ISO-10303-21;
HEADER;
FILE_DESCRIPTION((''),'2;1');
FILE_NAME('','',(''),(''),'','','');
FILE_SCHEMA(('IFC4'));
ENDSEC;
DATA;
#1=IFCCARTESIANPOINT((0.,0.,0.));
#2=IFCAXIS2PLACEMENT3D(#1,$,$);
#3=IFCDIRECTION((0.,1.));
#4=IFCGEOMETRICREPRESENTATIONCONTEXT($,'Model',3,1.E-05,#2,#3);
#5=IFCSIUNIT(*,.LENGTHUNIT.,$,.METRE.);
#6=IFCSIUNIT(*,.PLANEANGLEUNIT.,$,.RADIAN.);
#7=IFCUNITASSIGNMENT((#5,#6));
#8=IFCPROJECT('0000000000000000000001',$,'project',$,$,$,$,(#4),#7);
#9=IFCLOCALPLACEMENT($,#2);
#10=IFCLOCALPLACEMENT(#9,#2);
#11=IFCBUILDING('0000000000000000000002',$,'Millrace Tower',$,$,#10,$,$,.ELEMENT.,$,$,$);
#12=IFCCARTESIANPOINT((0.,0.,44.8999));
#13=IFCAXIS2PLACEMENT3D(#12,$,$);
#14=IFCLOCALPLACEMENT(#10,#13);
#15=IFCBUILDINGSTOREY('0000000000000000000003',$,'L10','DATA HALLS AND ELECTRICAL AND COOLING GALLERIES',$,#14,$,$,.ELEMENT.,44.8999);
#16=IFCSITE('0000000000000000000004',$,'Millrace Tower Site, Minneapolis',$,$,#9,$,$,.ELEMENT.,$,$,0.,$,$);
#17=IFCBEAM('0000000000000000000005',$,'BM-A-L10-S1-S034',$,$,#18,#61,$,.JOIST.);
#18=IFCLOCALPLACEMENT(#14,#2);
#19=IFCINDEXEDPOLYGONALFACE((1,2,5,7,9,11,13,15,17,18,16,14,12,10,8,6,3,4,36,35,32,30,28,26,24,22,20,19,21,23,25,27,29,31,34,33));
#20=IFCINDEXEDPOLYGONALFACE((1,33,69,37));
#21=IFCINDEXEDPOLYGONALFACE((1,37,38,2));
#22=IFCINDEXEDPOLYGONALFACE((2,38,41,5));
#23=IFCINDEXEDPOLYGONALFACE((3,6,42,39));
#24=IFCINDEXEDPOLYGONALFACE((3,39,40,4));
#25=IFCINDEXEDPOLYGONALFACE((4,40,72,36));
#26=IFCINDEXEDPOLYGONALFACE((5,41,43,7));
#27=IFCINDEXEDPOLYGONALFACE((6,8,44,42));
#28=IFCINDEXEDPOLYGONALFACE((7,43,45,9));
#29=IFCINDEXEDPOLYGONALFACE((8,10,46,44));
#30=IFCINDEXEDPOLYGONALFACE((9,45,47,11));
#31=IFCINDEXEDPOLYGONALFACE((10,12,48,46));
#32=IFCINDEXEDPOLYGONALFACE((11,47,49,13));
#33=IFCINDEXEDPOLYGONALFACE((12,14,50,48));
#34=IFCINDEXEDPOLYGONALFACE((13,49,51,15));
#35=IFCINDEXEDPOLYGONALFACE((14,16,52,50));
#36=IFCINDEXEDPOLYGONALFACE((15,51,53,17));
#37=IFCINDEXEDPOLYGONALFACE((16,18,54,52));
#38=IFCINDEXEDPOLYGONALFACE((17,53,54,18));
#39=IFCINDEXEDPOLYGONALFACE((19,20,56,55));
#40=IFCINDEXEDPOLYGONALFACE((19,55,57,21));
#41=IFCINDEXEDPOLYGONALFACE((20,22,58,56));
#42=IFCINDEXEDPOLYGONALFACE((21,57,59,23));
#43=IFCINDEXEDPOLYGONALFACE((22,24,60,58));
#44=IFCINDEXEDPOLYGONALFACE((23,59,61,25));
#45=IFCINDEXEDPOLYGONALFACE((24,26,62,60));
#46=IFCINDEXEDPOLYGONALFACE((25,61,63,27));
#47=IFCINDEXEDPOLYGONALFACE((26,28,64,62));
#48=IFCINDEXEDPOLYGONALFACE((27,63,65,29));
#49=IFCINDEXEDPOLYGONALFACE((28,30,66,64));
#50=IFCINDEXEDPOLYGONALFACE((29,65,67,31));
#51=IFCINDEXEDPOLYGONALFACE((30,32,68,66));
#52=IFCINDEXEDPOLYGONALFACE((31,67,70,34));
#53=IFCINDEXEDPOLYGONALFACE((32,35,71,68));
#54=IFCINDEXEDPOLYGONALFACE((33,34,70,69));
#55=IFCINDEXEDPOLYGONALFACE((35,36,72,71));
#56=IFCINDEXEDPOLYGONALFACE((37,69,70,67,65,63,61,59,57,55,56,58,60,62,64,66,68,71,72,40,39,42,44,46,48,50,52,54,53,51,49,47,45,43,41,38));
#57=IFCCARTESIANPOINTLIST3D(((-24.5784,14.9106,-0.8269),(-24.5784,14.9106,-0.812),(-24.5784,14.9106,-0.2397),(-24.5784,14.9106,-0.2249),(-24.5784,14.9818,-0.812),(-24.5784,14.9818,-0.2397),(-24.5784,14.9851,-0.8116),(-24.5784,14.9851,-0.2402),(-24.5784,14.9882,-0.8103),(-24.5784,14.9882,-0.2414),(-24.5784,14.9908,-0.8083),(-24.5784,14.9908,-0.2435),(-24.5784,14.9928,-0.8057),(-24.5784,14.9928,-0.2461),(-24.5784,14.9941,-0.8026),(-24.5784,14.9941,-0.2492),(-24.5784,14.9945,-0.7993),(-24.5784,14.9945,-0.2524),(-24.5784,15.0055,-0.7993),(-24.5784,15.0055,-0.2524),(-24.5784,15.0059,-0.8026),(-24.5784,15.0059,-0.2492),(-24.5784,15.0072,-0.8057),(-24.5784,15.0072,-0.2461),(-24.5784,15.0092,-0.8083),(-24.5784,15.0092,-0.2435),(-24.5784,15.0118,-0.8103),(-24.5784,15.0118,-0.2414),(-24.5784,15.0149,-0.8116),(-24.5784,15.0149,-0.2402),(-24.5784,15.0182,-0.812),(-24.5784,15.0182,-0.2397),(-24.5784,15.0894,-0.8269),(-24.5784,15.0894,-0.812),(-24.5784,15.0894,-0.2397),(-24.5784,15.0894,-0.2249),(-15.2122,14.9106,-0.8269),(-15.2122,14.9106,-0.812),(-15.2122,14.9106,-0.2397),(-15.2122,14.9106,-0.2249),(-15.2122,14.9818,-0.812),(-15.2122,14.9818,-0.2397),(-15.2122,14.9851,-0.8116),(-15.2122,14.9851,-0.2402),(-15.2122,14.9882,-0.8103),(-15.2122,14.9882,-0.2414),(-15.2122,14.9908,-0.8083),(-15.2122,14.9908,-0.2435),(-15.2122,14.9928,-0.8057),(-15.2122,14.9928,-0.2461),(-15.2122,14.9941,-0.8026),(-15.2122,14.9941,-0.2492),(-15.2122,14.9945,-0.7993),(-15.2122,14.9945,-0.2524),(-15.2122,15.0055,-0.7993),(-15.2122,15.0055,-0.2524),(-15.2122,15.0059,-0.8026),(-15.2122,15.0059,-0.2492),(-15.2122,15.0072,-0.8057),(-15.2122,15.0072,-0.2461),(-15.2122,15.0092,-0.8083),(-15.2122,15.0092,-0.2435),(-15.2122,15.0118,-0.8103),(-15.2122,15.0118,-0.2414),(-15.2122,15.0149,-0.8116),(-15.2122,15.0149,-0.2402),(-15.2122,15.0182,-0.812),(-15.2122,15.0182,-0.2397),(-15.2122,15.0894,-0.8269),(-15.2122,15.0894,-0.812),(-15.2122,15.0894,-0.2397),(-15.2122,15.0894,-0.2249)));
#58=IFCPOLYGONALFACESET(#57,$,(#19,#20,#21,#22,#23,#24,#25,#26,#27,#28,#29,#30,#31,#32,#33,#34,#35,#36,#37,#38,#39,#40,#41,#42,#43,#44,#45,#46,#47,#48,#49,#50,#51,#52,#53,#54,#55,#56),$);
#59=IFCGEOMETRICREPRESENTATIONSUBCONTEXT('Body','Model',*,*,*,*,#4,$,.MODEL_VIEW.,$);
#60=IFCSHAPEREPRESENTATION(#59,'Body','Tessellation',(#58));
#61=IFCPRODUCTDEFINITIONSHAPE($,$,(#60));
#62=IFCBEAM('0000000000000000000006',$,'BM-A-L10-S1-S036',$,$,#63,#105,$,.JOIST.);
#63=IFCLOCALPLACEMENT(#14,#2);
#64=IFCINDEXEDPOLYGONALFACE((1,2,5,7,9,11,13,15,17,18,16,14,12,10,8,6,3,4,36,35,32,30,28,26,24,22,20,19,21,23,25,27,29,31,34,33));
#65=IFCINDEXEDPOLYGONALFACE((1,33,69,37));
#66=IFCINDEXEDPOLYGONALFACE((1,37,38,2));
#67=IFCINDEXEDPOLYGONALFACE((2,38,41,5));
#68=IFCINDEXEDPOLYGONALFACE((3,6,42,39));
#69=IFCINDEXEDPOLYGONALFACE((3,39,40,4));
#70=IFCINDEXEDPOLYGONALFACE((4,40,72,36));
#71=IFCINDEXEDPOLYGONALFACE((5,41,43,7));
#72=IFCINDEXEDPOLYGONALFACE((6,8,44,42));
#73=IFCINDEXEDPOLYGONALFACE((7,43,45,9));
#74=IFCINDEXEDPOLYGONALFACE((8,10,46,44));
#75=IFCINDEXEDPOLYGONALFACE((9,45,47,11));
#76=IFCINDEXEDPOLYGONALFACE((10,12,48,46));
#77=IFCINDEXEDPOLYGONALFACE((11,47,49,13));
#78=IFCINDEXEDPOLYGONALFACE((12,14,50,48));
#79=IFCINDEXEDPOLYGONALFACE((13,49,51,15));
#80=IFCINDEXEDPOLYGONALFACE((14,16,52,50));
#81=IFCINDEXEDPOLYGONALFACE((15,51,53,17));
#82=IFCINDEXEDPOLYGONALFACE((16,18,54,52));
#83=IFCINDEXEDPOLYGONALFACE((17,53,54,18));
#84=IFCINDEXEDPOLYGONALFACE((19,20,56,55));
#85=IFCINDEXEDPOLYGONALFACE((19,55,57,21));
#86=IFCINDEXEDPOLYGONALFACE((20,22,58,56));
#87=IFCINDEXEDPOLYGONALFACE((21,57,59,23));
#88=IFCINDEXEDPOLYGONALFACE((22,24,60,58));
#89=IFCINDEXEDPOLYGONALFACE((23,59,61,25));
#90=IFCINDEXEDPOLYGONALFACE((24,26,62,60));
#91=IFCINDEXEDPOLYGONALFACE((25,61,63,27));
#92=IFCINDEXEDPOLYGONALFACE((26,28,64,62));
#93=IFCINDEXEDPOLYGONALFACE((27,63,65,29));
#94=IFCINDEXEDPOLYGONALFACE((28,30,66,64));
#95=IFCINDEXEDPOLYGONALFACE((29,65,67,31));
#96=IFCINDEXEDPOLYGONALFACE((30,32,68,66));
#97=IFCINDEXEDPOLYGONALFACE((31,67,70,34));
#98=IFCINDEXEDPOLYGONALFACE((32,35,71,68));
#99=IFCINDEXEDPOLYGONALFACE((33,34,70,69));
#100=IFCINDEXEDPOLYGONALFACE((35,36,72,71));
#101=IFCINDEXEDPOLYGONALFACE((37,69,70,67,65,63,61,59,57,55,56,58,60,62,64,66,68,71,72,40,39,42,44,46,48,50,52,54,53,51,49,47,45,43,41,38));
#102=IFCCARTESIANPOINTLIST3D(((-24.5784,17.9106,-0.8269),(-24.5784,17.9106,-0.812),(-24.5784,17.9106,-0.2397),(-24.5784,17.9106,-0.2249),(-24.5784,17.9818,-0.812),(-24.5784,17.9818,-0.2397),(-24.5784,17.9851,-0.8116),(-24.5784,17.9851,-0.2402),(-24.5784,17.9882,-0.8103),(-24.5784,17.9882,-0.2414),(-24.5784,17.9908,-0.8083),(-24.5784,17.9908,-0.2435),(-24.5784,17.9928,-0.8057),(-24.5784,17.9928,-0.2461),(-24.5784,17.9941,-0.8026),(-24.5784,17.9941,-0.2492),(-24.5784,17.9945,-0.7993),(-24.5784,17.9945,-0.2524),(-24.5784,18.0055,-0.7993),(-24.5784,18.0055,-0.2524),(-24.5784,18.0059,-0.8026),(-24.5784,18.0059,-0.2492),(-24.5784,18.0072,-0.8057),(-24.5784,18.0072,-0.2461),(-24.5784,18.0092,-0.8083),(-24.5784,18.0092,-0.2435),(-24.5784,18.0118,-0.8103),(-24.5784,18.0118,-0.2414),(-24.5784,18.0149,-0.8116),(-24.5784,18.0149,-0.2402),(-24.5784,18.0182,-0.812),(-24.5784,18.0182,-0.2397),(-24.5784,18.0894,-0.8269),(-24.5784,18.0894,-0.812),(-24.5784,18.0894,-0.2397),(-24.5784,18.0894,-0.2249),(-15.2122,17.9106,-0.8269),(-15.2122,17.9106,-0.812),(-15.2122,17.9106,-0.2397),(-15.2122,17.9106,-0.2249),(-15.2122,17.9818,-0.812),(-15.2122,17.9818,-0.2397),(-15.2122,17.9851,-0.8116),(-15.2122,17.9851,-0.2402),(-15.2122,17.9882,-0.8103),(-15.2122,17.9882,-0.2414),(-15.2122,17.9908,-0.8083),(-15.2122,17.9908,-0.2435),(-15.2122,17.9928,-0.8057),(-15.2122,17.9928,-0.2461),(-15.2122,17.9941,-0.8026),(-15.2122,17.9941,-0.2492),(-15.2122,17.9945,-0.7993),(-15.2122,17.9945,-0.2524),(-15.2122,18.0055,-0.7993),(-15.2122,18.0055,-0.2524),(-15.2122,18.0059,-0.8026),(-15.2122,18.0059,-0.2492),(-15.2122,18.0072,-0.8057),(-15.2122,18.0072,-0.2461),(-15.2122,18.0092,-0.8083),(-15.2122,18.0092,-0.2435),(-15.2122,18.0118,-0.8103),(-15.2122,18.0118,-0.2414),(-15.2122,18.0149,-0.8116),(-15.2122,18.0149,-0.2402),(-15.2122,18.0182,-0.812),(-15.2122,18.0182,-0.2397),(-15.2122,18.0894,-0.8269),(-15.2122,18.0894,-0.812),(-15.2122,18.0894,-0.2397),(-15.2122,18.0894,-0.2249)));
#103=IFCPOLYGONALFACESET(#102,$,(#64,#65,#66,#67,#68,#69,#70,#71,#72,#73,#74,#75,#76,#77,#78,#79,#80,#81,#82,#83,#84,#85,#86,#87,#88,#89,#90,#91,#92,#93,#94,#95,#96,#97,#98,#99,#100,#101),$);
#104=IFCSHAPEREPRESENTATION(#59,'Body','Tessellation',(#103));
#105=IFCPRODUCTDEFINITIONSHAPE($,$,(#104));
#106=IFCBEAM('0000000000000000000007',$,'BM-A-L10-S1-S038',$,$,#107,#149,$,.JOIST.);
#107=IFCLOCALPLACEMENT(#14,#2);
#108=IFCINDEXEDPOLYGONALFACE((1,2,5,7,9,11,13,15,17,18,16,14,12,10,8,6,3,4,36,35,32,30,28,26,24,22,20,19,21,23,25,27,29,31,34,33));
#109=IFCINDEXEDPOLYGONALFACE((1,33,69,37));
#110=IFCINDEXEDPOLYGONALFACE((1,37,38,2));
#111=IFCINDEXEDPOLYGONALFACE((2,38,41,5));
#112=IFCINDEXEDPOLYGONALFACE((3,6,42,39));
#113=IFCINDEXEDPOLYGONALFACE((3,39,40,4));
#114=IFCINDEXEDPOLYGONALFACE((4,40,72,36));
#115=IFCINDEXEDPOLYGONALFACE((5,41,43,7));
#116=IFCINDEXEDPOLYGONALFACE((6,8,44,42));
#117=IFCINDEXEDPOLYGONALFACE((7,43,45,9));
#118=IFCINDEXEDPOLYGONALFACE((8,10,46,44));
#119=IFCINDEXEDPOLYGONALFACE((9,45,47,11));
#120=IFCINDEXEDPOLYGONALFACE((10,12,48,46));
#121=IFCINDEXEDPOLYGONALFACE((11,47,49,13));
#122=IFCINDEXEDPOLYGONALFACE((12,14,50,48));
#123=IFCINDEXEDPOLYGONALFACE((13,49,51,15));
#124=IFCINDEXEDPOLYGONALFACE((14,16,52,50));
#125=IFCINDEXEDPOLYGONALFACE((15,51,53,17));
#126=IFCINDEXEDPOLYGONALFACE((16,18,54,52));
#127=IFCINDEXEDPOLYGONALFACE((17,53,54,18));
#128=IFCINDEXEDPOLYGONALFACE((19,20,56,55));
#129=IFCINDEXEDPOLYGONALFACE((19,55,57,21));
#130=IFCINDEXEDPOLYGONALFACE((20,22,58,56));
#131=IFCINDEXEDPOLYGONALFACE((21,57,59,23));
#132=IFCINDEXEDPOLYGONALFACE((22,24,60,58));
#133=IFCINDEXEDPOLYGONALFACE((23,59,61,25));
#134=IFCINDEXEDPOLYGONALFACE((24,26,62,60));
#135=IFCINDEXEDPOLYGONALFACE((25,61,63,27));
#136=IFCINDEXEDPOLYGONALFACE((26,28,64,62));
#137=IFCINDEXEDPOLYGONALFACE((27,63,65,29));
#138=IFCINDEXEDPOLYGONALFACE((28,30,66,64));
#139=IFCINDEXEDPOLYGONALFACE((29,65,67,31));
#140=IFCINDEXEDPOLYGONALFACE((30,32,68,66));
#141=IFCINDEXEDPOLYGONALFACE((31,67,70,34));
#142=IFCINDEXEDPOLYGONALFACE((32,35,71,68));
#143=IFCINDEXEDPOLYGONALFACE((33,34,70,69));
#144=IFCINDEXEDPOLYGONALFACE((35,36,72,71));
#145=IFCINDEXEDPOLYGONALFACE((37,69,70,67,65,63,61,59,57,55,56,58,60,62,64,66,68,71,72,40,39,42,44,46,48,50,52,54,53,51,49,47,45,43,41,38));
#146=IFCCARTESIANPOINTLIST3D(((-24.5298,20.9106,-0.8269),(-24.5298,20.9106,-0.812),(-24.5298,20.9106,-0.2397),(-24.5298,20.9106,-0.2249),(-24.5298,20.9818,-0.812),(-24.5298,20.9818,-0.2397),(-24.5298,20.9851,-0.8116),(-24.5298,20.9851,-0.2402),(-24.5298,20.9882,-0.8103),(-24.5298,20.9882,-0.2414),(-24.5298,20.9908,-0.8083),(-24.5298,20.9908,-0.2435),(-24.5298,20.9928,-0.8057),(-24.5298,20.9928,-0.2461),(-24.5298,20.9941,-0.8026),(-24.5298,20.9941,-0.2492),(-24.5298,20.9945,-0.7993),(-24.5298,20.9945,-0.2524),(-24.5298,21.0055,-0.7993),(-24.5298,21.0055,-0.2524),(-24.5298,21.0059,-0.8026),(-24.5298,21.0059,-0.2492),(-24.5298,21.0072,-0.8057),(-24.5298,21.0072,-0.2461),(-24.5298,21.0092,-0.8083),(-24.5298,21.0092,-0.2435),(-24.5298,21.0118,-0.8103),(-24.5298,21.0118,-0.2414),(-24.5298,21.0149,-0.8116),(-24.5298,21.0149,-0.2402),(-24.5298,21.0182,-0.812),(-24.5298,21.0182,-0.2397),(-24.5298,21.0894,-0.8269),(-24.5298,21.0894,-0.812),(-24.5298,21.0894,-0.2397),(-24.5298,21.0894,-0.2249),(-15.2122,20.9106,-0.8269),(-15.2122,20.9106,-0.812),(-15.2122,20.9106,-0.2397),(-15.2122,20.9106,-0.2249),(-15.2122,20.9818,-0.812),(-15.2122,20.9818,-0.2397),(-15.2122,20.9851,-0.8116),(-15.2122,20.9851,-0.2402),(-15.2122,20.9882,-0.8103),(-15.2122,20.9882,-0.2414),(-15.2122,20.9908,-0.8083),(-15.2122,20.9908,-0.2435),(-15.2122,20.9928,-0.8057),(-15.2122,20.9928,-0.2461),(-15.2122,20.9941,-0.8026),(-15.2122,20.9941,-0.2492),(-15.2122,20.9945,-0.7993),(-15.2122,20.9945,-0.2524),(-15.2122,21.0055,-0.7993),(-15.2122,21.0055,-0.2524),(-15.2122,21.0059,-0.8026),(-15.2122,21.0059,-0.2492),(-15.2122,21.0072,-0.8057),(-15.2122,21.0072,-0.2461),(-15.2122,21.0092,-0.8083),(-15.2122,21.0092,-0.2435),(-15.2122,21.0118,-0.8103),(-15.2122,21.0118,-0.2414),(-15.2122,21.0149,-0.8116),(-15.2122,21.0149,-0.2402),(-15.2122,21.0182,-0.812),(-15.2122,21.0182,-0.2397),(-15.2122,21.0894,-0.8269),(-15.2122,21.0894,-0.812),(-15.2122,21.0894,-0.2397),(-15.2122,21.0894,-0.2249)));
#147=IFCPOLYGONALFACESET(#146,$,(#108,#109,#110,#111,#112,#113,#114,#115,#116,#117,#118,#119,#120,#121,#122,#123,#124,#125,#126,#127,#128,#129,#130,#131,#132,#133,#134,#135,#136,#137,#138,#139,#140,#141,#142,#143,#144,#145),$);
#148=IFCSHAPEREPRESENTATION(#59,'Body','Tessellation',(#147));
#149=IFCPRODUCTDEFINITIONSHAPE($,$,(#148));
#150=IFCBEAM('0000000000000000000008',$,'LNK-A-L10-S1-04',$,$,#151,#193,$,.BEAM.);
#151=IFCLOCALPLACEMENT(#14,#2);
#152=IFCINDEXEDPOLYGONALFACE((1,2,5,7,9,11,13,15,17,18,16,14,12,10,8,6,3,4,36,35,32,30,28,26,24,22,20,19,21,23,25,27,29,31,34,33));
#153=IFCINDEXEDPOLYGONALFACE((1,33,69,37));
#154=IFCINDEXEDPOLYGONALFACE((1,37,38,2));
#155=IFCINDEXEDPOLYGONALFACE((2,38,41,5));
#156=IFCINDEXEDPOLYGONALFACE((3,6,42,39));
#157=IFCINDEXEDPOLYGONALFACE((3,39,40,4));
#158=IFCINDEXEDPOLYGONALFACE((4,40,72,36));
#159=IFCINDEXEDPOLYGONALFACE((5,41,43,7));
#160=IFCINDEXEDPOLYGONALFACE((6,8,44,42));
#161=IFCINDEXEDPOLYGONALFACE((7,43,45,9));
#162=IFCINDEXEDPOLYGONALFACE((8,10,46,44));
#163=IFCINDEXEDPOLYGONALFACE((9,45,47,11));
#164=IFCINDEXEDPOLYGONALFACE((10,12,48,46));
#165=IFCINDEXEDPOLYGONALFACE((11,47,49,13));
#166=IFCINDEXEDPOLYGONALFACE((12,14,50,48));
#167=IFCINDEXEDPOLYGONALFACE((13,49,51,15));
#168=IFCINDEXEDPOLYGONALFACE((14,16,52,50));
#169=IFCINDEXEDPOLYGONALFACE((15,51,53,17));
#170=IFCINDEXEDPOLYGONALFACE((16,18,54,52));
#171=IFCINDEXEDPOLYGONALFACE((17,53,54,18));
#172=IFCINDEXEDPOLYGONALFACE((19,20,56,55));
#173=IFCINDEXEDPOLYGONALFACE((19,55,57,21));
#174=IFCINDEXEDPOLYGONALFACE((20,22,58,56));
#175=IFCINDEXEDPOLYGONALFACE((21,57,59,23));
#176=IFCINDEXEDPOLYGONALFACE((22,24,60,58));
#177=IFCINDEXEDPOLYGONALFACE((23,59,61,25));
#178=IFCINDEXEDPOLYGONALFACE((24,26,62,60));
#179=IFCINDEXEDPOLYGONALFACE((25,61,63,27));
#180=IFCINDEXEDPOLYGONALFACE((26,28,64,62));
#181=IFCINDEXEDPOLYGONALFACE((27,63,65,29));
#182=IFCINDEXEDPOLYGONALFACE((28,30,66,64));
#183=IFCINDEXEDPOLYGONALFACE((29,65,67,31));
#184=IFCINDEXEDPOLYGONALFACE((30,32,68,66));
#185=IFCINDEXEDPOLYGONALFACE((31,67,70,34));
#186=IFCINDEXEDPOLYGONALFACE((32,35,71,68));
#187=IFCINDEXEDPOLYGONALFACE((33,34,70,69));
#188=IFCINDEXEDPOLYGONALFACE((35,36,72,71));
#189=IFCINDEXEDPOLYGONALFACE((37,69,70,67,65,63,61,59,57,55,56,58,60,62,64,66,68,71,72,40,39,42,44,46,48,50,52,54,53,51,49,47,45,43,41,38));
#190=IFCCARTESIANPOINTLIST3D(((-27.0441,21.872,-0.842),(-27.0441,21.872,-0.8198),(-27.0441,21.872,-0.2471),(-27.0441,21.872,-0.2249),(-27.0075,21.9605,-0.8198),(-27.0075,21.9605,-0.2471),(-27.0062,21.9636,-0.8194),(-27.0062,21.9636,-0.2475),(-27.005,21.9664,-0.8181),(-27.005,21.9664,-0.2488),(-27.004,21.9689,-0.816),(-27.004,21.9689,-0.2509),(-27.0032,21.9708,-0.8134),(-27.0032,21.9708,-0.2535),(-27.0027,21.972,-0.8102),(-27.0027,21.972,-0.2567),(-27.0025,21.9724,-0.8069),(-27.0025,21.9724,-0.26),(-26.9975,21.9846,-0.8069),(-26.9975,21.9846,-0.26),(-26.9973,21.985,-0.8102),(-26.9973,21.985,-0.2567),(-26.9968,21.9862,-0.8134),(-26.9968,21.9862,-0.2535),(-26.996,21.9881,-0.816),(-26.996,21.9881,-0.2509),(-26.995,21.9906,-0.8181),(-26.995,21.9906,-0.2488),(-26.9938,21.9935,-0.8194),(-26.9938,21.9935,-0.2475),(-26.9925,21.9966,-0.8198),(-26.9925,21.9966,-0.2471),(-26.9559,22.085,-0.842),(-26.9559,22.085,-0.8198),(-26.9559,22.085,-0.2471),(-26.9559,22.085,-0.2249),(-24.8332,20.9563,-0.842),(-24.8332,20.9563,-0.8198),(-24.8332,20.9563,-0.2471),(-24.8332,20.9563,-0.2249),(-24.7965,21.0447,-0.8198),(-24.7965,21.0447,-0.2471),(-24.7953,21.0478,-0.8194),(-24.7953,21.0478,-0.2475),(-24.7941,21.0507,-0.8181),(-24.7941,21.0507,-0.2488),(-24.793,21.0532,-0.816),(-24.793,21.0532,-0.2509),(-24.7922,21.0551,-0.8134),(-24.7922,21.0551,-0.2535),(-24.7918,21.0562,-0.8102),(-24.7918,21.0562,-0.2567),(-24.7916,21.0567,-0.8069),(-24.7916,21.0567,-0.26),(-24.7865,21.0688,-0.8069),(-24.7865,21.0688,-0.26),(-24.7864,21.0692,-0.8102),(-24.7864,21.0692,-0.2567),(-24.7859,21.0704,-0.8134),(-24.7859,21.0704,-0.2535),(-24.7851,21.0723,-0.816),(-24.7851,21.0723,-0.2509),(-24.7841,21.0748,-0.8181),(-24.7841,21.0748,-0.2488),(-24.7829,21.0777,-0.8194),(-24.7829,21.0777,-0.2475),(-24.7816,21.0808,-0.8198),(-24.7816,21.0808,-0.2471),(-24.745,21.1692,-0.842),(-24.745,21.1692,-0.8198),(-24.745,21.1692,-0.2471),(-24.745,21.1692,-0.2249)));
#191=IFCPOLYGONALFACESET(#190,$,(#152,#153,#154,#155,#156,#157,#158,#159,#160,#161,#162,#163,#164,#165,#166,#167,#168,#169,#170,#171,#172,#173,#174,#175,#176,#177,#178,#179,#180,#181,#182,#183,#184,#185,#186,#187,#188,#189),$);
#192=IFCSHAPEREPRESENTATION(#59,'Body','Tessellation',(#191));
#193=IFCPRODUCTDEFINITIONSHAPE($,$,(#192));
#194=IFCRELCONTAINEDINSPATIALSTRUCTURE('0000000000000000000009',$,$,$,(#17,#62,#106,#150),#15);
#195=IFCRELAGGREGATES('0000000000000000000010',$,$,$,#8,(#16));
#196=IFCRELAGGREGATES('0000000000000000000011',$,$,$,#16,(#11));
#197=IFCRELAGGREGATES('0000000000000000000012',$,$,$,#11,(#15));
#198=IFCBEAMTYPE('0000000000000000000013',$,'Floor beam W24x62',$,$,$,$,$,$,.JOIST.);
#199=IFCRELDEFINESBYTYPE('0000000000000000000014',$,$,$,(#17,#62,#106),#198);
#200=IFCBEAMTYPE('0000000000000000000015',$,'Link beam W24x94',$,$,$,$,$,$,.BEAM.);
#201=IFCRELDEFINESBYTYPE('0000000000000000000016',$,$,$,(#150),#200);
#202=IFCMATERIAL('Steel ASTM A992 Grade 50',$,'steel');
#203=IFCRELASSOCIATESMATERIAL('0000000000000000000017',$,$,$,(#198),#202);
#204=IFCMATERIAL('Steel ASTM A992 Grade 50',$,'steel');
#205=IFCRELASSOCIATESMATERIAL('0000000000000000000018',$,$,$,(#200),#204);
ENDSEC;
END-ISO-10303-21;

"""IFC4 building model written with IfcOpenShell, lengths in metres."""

from ifc_helpers import new_model, si_unit, direction, frame, origin, origin_2d, place, context, subcontext, project, spatial, i_section, extrude, material, material_profile, profile_set, type_object, element, save


model = new_model("IFC4")

# Units and contexts
model_context = context("Model", 3, precision=1e-05, world=origin(), true_north=direction((0.0, 1.0)))
body_context = subcontext(model_context, "Body", "Model", "MODEL_VIEW")
ifc_project = project(units=[si_unit("LENGTHUNIT", "METRE"), si_unit("PLANEANGLEUNIT", "RADIAN")], contexts=[model_context])

# Site, building, storey
site_placement = place(None, origin())
site = spatial("IfcSite", under=ifc_project, at=site_placement, Name="Millrace Tower Site, Minneapolis", CompositionType="ELEMENT", RefElevation=0.0)
building_placement = place(site_placement, origin())
building = spatial("IfcBuilding", under=site, at=building_placement, Name="Millrace Tower", CompositionType="ELEMENT")
storey_placement = place(building_placement, frame((0.0, 0.0, 44.8999)))
storey = spatial("IfcBuildingStorey", under=building, at=storey_placement, Name="L10", Description="DATA HALLS AND ELECTRICAL AND COOLING GALLERIES", CompositionType="ELEMENT", Elevation=44.8999)

# Beams
ifc_material_1 = material(Name="Steel ASTM A992 Grade 50", Category="steel")
ifc_material_profile_1 = material_profile(ifc_material_1, i_section(OverallWidth=0.1787, OverallDepth=0.6021, WebThickness=0.011, FlangeThickness=0.0149, FilletRadius=0.0127, at=origin_2d()))
ifc_profile_set_1 = profile_set([ifc_material_profile_1], Name="Steel ASTM A992 Grade 50")
beam_type_1 = type_object("IfcBeamType", Name="Floor beam W24x62", PredefinedType="JOIST", material=ifc_profile_set_1)
for number, where, z_axis, x_axis, name in (
    (1, (-24.5784, 15.0, -0.5259), (1.0, 0.0, 0.0), (0.0, 1.0, 0.0), "BM-A-L10-S1-S034"),
    (2, (-24.5784, 18.0, -0.5259), (1.0, 0.0, 0.0), (0.0, 1.0, 0.0), "BM-A-L10-S1-S036"),
):
    element("IfcBeam", number, at=place(storey_placement, frame(where, z_axis=z_axis, x_axis=x_axis)), inside=storey, type_object=beam_type_1, Name=name, PredefinedType="JOIST", context=body_context, shape_type="SweptSolid", body=[
        extrude(i_section(OverallWidth=0.1787, OverallDepth=0.6021, WebThickness=0.011, FlangeThickness=0.0149, FilletRadius=0.0127, at=origin_2d()), origin(), (0.0, 0.0, 1.0), 9.3662),
    ])
beam_1_placement = place(storey_placement, frame((-24.5298, 21.0, -0.5259), z_axis=(1.0, 0.0, 0.0), x_axis=(0.0, 1.0, 0.0)))
element("IfcBeam", 3, at=beam_1_placement, inside=storey, type_object=beam_type_1, Name="BM-A-L10-S1-S038", PredefinedType="JOIST", context=body_context, shape_type="SweptSolid", body=[
    extrude(i_section(OverallWidth=0.1787, OverallDepth=0.6021, WebThickness=0.011, FlangeThickness=0.0149, FilletRadius=0.0127, at=origin_2d()), origin(), (0.0, 0.0, 1.0), 9.3176),
])
ifc_material_2 = material(Name="Steel ASTM A992 Grade 50", Category="steel")
ifc_material_profile_2 = material_profile(ifc_material_2, i_section(OverallWidth=0.2305, OverallDepth=0.6172, WebThickness=0.0132, FlangeThickness=0.0222, FilletRadius=0.0129, at=origin_2d()))
ifc_profile_set_2 = profile_set([ifc_material_profile_2], Name="Steel ASTM A992 Grade 50")
beam_type_2 = type_object("IfcBeamType", Name="Link beam W24x94", PredefinedType="BEAM", material=ifc_profile_set_2)
for number, where, z_axis, x_axis, name in (
    (4, (-24.7891, 21.0627, -0.5334), (-0.923884, 0.382673, 0.0), (-0.382673, -0.923884, 0.0), "LNK-A-L10-S1-04"),
):
    element("IfcBeam", number, at=place(storey_placement, frame(where, z_axis=z_axis, x_axis=x_axis)), inside=storey, type_object=beam_type_2, Name=name, PredefinedType="BEAM", context=body_context, shape_type="SweptSolid", body=[
        extrude(i_section(OverallWidth=0.2305, OverallDepth=0.6172, WebThickness=0.0132, FlangeThickness=0.0222, FilletRadius=0.0129, at=origin_2d()), origin(), (0.0, 0.0, 1.0), 2.3931),
    ])

save(model, "model.ifc")
